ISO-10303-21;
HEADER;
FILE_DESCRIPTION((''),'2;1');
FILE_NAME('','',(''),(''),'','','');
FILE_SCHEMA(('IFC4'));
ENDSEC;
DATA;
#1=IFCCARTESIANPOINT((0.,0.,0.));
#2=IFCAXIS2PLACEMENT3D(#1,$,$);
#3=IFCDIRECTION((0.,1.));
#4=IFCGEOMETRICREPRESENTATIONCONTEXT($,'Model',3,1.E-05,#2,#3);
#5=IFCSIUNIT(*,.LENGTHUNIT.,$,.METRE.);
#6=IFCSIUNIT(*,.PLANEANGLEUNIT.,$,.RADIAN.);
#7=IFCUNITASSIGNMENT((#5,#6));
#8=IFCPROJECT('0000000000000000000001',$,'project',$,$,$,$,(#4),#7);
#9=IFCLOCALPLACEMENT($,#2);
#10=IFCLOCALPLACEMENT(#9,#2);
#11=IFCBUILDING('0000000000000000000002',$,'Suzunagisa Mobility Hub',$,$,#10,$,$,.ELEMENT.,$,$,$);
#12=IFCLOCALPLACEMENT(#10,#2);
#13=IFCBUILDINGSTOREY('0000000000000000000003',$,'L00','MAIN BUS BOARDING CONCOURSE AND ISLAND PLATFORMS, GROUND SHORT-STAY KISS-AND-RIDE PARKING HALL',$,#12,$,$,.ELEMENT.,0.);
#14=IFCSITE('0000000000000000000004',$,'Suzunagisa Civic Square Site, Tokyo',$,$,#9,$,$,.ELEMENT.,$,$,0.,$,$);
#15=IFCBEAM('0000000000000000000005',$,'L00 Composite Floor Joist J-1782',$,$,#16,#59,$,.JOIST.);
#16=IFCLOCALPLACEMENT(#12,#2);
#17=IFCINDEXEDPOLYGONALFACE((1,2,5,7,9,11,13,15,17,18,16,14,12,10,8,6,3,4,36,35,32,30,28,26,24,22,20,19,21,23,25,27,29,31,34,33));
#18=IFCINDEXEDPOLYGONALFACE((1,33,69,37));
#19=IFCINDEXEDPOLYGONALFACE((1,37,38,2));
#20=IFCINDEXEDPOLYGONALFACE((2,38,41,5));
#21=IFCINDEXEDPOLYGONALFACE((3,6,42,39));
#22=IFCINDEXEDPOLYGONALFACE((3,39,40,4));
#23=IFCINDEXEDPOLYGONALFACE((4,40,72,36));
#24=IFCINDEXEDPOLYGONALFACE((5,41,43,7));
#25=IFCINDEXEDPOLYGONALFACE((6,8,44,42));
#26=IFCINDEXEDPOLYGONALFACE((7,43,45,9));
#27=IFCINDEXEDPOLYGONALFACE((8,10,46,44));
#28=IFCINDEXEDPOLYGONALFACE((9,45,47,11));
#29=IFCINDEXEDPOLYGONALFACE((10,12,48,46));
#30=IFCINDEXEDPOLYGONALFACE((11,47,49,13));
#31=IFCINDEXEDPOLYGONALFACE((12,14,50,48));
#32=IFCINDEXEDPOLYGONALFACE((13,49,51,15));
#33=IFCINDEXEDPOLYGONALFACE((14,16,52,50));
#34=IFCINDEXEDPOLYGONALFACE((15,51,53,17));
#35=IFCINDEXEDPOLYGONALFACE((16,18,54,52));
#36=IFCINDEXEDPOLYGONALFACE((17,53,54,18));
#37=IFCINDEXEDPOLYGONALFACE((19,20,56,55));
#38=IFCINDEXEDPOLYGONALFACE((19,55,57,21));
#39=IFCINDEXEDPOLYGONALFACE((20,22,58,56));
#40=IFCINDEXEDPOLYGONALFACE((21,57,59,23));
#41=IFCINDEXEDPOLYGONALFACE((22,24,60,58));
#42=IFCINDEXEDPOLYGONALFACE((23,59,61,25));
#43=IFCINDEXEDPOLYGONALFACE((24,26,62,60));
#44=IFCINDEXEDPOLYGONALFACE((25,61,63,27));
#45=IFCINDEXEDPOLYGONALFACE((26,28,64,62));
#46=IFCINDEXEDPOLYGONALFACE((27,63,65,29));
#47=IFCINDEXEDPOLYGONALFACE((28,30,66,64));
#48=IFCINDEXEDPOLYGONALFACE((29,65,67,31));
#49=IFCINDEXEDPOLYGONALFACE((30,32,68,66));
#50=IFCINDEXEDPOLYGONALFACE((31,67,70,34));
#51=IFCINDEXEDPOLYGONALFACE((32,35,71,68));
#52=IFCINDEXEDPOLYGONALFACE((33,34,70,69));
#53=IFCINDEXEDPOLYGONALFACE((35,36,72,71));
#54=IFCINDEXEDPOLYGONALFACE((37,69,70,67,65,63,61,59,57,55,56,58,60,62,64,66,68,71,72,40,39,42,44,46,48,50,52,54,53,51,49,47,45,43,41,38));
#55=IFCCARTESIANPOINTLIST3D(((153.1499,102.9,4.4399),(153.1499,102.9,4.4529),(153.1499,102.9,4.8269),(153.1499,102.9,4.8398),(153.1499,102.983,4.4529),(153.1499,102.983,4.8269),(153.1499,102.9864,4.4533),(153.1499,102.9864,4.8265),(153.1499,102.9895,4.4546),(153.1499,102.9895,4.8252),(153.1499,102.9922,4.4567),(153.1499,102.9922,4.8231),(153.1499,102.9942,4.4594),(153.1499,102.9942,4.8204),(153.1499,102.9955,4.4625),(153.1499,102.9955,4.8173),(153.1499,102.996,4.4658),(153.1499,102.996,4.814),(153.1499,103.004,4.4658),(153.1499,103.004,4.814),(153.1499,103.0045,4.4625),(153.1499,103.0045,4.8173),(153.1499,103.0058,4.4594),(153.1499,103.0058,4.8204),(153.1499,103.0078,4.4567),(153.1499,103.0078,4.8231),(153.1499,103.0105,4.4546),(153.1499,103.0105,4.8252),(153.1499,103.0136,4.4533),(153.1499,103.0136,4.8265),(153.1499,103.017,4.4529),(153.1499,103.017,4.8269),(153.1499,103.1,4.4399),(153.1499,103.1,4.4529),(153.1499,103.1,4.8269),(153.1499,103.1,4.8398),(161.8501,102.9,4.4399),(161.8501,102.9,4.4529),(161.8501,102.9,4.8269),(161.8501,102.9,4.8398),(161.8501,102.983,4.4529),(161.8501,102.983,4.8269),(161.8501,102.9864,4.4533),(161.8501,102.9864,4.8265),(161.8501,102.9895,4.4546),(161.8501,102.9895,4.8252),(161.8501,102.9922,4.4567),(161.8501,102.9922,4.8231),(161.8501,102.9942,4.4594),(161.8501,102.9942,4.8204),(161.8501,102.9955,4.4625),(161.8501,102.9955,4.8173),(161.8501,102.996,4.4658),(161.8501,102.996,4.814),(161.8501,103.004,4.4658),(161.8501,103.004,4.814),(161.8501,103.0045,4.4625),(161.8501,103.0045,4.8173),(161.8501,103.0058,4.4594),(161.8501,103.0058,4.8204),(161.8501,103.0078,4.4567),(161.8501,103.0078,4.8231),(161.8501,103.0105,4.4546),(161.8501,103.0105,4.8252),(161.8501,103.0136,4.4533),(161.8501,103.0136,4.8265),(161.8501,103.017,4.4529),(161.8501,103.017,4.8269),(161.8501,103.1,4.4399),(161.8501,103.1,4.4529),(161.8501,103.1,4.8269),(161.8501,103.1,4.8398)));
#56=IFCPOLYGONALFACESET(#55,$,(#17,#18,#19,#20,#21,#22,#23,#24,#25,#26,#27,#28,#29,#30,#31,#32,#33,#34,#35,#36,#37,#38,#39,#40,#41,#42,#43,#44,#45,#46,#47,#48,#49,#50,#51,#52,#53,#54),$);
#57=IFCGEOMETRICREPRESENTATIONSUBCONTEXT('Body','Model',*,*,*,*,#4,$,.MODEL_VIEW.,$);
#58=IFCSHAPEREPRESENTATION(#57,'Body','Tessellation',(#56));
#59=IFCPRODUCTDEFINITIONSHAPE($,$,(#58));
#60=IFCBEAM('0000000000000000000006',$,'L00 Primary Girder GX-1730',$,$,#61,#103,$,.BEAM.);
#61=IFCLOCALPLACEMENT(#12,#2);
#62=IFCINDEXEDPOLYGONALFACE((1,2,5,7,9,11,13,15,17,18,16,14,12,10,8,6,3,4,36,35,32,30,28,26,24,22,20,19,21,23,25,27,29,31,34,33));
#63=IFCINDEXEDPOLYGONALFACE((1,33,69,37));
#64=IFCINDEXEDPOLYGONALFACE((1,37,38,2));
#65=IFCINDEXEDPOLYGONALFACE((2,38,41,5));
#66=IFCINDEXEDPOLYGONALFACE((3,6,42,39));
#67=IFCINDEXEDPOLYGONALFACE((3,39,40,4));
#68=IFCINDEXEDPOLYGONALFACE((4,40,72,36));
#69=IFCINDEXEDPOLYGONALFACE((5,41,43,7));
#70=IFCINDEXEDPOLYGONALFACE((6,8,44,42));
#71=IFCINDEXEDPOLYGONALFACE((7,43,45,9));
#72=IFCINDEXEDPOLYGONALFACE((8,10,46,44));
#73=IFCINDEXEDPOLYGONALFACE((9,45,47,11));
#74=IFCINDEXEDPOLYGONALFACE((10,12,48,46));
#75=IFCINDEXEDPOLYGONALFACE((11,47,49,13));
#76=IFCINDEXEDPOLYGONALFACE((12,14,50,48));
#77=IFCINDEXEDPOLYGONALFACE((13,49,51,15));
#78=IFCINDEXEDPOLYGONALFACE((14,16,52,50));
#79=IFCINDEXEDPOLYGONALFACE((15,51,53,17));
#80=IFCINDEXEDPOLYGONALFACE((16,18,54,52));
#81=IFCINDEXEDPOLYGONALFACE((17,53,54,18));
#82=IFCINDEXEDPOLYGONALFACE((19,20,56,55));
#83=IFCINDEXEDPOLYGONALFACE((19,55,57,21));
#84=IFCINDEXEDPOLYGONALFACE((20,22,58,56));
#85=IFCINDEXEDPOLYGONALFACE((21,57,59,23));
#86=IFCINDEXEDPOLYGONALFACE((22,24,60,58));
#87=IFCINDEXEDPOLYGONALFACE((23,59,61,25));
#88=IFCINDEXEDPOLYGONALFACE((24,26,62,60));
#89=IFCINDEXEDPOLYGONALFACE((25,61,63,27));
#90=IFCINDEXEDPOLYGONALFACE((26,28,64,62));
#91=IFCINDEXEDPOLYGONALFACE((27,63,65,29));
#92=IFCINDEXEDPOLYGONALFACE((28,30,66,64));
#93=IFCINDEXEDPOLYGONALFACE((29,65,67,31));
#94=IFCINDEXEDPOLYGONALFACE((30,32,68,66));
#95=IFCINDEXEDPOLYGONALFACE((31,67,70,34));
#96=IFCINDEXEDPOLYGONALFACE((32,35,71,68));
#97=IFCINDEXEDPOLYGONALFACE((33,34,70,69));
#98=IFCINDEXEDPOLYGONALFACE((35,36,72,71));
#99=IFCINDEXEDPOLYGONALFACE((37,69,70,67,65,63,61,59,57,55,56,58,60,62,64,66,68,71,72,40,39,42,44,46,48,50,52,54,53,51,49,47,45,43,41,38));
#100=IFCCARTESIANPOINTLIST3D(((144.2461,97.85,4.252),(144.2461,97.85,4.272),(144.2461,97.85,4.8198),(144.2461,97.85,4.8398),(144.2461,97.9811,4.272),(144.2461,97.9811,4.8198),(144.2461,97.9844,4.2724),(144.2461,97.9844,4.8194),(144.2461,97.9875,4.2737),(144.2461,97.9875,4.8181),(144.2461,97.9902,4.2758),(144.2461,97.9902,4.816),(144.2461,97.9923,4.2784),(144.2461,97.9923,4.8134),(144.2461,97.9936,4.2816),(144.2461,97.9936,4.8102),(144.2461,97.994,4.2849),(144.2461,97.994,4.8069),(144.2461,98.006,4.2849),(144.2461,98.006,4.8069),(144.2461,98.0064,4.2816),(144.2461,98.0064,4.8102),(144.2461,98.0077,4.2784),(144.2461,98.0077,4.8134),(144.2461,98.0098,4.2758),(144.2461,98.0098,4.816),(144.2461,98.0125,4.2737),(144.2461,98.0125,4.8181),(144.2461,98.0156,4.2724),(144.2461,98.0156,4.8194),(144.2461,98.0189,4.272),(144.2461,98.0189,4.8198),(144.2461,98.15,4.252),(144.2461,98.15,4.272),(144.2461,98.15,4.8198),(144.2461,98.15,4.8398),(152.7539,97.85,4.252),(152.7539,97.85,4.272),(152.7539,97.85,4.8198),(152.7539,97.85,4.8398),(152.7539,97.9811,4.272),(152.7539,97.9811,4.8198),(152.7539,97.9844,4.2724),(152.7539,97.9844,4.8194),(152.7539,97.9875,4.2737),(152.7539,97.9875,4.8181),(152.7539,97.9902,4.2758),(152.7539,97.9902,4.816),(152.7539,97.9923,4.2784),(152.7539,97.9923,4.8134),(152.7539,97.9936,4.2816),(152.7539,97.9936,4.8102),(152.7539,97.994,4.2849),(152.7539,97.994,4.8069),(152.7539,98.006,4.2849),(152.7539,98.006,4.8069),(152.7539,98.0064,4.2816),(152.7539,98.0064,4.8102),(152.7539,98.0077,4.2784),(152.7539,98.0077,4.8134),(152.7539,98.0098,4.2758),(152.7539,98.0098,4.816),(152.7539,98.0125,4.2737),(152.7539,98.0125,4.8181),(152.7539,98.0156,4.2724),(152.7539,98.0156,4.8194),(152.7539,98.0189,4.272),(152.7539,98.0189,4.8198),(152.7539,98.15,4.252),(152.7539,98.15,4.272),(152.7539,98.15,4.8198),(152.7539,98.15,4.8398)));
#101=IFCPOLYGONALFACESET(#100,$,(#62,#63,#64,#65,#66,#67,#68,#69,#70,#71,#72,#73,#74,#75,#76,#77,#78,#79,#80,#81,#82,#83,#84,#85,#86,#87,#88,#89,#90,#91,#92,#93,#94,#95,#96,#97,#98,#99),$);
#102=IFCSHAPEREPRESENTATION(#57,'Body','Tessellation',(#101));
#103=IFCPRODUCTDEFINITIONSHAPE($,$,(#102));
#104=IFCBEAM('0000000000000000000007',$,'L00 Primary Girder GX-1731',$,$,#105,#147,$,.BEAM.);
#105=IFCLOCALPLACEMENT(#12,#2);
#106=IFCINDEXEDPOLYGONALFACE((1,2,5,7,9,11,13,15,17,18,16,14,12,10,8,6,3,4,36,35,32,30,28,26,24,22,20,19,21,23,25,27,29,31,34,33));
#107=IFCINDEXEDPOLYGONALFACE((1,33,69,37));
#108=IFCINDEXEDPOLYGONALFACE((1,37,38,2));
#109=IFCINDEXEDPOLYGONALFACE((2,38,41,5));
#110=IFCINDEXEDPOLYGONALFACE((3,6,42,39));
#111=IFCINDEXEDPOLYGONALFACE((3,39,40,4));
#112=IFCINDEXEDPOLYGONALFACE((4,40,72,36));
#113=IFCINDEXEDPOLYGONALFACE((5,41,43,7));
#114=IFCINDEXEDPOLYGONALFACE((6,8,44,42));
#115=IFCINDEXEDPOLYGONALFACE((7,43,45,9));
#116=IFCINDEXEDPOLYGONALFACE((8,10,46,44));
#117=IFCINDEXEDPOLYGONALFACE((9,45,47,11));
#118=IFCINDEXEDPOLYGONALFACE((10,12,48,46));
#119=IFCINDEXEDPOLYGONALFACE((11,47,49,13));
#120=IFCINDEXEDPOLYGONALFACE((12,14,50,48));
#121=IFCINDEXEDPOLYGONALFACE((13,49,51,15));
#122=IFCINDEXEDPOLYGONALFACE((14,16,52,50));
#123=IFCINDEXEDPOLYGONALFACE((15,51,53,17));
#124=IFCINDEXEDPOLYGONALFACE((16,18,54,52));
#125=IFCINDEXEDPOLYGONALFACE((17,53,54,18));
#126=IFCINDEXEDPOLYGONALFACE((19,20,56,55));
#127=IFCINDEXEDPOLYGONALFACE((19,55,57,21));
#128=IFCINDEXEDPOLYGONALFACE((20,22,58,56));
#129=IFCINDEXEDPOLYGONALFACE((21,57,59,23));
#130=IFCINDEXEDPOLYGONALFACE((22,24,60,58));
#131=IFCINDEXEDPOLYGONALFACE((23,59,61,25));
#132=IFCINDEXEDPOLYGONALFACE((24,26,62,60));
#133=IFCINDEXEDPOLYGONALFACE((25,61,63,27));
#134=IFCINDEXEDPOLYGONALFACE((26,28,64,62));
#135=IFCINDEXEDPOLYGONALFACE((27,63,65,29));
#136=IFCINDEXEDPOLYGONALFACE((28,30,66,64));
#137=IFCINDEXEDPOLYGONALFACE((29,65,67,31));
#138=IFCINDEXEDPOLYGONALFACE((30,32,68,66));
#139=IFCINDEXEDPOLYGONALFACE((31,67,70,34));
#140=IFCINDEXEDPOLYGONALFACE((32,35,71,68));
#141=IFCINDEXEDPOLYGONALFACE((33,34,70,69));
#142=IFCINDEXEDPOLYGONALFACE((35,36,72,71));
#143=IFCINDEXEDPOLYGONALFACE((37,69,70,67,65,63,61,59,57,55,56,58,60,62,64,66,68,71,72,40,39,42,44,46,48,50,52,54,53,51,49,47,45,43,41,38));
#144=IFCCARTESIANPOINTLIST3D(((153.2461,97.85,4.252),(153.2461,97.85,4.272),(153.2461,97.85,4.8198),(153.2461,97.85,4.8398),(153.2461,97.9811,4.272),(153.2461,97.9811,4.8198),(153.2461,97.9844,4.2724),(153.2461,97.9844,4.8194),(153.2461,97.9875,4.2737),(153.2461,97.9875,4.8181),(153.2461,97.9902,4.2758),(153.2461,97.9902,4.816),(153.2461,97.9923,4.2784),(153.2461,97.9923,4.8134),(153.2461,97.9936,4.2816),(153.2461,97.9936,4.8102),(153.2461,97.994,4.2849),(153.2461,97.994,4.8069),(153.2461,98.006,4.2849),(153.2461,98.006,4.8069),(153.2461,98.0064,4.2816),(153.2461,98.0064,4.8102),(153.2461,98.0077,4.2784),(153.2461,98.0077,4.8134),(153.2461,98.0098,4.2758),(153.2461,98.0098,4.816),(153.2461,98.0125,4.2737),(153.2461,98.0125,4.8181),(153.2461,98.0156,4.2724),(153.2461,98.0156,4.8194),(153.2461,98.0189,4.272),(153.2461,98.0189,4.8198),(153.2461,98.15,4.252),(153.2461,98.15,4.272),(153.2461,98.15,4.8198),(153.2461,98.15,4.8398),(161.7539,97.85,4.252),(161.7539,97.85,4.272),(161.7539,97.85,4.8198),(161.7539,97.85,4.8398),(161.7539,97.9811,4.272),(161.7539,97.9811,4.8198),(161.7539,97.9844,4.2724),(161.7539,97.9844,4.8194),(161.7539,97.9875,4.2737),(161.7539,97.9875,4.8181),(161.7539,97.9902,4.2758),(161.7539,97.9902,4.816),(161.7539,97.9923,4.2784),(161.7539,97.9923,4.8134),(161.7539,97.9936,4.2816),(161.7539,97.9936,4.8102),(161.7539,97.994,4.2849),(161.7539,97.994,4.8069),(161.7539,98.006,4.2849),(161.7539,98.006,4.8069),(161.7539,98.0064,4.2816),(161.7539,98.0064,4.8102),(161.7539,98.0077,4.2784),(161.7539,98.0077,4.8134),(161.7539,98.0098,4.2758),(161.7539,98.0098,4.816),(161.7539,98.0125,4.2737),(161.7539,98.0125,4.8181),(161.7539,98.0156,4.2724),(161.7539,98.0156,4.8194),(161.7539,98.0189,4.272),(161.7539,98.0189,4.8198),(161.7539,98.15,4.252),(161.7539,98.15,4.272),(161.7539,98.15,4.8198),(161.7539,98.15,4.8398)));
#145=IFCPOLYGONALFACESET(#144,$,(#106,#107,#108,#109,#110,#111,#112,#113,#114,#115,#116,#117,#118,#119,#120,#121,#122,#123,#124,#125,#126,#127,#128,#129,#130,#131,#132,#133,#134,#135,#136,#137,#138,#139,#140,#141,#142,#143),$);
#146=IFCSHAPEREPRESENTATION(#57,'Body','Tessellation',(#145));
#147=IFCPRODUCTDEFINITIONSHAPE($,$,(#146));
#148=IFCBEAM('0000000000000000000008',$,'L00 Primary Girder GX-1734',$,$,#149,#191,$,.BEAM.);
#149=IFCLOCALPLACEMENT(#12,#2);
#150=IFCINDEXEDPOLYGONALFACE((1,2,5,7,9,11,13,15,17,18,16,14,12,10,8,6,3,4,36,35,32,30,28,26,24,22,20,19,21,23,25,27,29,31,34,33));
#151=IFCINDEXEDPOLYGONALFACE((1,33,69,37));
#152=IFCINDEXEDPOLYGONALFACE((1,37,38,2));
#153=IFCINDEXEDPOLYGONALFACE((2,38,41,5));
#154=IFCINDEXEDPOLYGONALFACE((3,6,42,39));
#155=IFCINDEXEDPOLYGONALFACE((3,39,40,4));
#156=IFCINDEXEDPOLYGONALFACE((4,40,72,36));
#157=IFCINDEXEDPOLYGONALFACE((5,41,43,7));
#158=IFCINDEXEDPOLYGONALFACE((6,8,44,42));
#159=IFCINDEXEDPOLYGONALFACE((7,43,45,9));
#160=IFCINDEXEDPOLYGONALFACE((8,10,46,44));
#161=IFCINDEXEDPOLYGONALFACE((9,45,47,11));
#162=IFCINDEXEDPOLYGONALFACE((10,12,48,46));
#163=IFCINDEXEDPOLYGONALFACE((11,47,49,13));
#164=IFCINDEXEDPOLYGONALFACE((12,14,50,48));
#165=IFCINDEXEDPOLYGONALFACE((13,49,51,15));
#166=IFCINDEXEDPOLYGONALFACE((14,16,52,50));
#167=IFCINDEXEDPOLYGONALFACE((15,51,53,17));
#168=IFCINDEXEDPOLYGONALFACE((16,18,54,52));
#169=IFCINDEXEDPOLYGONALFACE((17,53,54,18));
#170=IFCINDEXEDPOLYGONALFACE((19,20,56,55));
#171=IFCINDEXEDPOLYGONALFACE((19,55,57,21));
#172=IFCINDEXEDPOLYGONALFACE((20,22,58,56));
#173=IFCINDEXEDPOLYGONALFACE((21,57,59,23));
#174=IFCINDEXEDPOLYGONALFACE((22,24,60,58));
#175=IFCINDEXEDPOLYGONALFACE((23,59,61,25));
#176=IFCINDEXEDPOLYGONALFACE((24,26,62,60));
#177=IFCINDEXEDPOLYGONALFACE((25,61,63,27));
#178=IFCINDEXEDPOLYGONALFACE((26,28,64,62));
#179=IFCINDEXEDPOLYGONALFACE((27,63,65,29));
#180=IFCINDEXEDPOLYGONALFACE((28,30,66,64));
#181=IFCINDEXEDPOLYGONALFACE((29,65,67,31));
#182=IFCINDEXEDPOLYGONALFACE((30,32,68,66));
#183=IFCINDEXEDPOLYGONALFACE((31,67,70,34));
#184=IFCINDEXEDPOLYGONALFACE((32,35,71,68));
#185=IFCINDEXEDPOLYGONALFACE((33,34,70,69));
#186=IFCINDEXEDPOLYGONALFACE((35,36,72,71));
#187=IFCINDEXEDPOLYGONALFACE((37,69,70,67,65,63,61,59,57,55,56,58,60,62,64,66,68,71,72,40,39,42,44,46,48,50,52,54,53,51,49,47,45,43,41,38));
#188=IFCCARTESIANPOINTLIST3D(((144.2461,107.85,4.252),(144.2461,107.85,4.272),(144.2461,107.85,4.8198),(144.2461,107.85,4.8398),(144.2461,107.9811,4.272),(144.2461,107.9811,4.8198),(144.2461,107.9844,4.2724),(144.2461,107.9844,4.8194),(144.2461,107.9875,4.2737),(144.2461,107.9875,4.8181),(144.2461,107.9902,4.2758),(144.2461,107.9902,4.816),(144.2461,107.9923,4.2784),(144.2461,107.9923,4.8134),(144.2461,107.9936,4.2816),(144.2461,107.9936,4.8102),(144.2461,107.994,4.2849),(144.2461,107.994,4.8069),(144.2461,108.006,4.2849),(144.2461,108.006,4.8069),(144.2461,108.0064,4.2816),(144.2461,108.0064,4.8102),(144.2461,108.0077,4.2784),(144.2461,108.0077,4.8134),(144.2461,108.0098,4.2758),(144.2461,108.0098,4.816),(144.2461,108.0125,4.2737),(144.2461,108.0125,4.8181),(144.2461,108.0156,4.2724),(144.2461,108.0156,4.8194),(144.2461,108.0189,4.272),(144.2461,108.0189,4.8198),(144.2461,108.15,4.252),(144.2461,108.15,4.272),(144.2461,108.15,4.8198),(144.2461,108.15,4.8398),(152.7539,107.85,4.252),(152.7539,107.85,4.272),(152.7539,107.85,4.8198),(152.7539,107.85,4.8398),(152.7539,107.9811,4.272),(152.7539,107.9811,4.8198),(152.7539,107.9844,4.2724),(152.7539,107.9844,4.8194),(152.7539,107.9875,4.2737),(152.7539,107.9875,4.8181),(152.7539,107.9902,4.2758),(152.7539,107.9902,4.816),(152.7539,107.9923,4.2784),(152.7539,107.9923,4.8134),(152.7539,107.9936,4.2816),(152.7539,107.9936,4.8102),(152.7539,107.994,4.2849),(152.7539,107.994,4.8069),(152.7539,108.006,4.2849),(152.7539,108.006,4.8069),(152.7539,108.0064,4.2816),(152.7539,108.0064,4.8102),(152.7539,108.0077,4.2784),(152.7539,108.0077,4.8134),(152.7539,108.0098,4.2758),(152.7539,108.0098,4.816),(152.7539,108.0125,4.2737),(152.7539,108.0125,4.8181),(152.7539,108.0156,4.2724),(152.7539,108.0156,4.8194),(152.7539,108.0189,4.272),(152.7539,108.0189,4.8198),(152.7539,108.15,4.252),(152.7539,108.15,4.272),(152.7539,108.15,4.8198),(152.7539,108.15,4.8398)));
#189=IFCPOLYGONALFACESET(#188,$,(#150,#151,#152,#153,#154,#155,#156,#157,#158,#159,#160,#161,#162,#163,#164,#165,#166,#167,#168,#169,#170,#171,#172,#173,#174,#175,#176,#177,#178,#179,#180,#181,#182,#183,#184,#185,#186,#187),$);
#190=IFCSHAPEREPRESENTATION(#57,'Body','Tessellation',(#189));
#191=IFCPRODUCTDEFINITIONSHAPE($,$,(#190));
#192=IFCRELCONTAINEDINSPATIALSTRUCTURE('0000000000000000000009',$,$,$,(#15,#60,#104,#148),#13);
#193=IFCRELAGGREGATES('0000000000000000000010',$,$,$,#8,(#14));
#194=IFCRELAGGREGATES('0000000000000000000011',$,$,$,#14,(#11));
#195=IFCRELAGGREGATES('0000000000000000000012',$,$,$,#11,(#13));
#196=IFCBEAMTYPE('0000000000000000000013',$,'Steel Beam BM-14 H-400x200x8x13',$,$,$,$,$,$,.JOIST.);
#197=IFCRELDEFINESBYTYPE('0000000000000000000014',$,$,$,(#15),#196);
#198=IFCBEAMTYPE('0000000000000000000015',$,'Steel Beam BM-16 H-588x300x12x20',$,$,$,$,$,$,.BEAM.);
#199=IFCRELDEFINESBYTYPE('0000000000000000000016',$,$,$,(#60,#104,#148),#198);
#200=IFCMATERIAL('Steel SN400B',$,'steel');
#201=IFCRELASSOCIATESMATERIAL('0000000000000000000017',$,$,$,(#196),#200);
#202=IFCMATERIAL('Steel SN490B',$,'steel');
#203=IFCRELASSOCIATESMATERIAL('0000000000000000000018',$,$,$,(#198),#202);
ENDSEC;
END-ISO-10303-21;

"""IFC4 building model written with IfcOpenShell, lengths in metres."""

from ifc_helpers import new_model, si_unit, direction, frame, origin, origin_2d, place, context, subcontext, project, spatial, i_section, extrude, material, material_profile, profile_set, type_object, element, save


model = new_model("IFC4")

# Units and contexts
model_context = context("Model", 3, precision=1e-05, world=origin(), true_north=direction((0.0, 1.0)))
body_context = subcontext(model_context, "Body", "Model", "MODEL_VIEW")
ifc_project = project(units=[si_unit("LENGTHUNIT", "METRE"), si_unit("PLANEANGLEUNIT", "RADIAN")], contexts=[model_context])

# Site, building, storey
site_placement = place(None, origin())
site = spatial("IfcSite", under=ifc_project, at=site_placement, Name="Suzunagisa Civic Square Site, Tokyo", CompositionType="ELEMENT", RefElevation=0.0)
building_placement = place(site_placement, origin())
building = spatial("IfcBuilding", under=site, at=building_placement, Name="Suzunagisa Mobility Hub", CompositionType="ELEMENT")
storey_placement = place(building_placement, origin())
storey = spatial("IfcBuildingStorey", under=building, at=storey_placement, Name="L00", Description="MAIN BUS BOARDING CONCOURSE AND ISLAND PLATFORMS, GROUND SHORT-STAY KISS-AND-RIDE PARKING HALL", CompositionType="ELEMENT", Elevation=0.0)

# Shared definitions
ifc_material_1 = material(Name="Steel SN490B", Category="steel")

# Beams
ifc_material_2 = material(Name="Steel SN400B", Category="steel")
ifc_material_profile_1 = material_profile(ifc_material_2, i_section(OverallWidth=0.2, OverallDepth=0.3999, WebThickness=0.0081, FlangeThickness=0.0129, FilletRadius=0.0129, at=origin_2d()), Name="H-400x200x8x13")
ifc_profile_set_1 = profile_set([ifc_material_profile_1], Name="Steel SN400B")
beam_type_1 = type_object("IfcBeamType", Name="Steel Beam BM-14 H-400x200x8x13", PredefinedType="JOIST", material=ifc_profile_set_1)
for number, where, z_axis, x_axis, name in (
    (1, (153.1499, 103.0, 4.6399), (1.0, 0.0, 0.0), (0.0, 1.0, 0.0), "L00 Composite Floor Joist J-1782"),
):
    element("IfcBeam", number, at=place(storey_placement, frame(where, z_axis=z_axis, x_axis=x_axis)), inside=storey, type_object=beam_type_1, Name=name, PredefinedType="JOIST", context=body_context, shape_type="SweptSolid", body=[
        extrude(i_section(OverallWidth=0.2, OverallDepth=0.3999, WebThickness=0.0081, FlangeThickness=0.0129, FilletRadius=0.0129, at=origin_2d()), origin(), (0.0, 0.0, 1.0), 8.7002),
    ])
ifc_material_profile_2 = material_profile(ifc_material_1, i_section(OverallWidth=0.3, OverallDepth=0.5879, WebThickness=0.012, FlangeThickness=0.02, FilletRadius=0.0129, at=origin_2d()), Name="H-588x300x12x20")
ifc_profile_set_2 = profile_set([ifc_material_profile_2], Name="Steel SN490B")
beam_type_2 = type_object("IfcBeamType", Name="Steel Beam BM-16 H-588x300x12x20", PredefinedType="BEAM", material=ifc_profile_set_2)
for number, where, z_axis, x_axis, name in (
    (2, (144.2461, 98.0, 4.5459), (1.0, 0.0, 0.0), (0.0, 1.0, 0.0), "L00 Primary Girder GX-1730"),
    (3, (153.2461, 98.0, 4.5459), (1.0, 0.0, 0.0), (0.0, 1.0, 0.0), "L00 Primary Girder GX-1731"),
    (4, (144.2461, 108.0, 4.5459), (1.0, 0.0, 0.0), (0.0, 1.0, 0.0), "L00 Primary Girder GX-1734"),
):
    element("IfcBeam", number, at=place(storey_placement, frame(where, z_axis=z_axis, x_axis=x_axis)), inside=storey, type_object=beam_type_2, Name=name, PredefinedType="BEAM", context=body_context, shape_type="SweptSolid", body=[
        extrude(i_section(OverallWidth=0.3, OverallDepth=0.5879, WebThickness=0.012, FlangeThickness=0.02, FilletRadius=0.0129, at=origin_2d()), origin(), (0.0, 0.0, 1.0), 8.5078),
    ])

save(model, "model.ifc")
